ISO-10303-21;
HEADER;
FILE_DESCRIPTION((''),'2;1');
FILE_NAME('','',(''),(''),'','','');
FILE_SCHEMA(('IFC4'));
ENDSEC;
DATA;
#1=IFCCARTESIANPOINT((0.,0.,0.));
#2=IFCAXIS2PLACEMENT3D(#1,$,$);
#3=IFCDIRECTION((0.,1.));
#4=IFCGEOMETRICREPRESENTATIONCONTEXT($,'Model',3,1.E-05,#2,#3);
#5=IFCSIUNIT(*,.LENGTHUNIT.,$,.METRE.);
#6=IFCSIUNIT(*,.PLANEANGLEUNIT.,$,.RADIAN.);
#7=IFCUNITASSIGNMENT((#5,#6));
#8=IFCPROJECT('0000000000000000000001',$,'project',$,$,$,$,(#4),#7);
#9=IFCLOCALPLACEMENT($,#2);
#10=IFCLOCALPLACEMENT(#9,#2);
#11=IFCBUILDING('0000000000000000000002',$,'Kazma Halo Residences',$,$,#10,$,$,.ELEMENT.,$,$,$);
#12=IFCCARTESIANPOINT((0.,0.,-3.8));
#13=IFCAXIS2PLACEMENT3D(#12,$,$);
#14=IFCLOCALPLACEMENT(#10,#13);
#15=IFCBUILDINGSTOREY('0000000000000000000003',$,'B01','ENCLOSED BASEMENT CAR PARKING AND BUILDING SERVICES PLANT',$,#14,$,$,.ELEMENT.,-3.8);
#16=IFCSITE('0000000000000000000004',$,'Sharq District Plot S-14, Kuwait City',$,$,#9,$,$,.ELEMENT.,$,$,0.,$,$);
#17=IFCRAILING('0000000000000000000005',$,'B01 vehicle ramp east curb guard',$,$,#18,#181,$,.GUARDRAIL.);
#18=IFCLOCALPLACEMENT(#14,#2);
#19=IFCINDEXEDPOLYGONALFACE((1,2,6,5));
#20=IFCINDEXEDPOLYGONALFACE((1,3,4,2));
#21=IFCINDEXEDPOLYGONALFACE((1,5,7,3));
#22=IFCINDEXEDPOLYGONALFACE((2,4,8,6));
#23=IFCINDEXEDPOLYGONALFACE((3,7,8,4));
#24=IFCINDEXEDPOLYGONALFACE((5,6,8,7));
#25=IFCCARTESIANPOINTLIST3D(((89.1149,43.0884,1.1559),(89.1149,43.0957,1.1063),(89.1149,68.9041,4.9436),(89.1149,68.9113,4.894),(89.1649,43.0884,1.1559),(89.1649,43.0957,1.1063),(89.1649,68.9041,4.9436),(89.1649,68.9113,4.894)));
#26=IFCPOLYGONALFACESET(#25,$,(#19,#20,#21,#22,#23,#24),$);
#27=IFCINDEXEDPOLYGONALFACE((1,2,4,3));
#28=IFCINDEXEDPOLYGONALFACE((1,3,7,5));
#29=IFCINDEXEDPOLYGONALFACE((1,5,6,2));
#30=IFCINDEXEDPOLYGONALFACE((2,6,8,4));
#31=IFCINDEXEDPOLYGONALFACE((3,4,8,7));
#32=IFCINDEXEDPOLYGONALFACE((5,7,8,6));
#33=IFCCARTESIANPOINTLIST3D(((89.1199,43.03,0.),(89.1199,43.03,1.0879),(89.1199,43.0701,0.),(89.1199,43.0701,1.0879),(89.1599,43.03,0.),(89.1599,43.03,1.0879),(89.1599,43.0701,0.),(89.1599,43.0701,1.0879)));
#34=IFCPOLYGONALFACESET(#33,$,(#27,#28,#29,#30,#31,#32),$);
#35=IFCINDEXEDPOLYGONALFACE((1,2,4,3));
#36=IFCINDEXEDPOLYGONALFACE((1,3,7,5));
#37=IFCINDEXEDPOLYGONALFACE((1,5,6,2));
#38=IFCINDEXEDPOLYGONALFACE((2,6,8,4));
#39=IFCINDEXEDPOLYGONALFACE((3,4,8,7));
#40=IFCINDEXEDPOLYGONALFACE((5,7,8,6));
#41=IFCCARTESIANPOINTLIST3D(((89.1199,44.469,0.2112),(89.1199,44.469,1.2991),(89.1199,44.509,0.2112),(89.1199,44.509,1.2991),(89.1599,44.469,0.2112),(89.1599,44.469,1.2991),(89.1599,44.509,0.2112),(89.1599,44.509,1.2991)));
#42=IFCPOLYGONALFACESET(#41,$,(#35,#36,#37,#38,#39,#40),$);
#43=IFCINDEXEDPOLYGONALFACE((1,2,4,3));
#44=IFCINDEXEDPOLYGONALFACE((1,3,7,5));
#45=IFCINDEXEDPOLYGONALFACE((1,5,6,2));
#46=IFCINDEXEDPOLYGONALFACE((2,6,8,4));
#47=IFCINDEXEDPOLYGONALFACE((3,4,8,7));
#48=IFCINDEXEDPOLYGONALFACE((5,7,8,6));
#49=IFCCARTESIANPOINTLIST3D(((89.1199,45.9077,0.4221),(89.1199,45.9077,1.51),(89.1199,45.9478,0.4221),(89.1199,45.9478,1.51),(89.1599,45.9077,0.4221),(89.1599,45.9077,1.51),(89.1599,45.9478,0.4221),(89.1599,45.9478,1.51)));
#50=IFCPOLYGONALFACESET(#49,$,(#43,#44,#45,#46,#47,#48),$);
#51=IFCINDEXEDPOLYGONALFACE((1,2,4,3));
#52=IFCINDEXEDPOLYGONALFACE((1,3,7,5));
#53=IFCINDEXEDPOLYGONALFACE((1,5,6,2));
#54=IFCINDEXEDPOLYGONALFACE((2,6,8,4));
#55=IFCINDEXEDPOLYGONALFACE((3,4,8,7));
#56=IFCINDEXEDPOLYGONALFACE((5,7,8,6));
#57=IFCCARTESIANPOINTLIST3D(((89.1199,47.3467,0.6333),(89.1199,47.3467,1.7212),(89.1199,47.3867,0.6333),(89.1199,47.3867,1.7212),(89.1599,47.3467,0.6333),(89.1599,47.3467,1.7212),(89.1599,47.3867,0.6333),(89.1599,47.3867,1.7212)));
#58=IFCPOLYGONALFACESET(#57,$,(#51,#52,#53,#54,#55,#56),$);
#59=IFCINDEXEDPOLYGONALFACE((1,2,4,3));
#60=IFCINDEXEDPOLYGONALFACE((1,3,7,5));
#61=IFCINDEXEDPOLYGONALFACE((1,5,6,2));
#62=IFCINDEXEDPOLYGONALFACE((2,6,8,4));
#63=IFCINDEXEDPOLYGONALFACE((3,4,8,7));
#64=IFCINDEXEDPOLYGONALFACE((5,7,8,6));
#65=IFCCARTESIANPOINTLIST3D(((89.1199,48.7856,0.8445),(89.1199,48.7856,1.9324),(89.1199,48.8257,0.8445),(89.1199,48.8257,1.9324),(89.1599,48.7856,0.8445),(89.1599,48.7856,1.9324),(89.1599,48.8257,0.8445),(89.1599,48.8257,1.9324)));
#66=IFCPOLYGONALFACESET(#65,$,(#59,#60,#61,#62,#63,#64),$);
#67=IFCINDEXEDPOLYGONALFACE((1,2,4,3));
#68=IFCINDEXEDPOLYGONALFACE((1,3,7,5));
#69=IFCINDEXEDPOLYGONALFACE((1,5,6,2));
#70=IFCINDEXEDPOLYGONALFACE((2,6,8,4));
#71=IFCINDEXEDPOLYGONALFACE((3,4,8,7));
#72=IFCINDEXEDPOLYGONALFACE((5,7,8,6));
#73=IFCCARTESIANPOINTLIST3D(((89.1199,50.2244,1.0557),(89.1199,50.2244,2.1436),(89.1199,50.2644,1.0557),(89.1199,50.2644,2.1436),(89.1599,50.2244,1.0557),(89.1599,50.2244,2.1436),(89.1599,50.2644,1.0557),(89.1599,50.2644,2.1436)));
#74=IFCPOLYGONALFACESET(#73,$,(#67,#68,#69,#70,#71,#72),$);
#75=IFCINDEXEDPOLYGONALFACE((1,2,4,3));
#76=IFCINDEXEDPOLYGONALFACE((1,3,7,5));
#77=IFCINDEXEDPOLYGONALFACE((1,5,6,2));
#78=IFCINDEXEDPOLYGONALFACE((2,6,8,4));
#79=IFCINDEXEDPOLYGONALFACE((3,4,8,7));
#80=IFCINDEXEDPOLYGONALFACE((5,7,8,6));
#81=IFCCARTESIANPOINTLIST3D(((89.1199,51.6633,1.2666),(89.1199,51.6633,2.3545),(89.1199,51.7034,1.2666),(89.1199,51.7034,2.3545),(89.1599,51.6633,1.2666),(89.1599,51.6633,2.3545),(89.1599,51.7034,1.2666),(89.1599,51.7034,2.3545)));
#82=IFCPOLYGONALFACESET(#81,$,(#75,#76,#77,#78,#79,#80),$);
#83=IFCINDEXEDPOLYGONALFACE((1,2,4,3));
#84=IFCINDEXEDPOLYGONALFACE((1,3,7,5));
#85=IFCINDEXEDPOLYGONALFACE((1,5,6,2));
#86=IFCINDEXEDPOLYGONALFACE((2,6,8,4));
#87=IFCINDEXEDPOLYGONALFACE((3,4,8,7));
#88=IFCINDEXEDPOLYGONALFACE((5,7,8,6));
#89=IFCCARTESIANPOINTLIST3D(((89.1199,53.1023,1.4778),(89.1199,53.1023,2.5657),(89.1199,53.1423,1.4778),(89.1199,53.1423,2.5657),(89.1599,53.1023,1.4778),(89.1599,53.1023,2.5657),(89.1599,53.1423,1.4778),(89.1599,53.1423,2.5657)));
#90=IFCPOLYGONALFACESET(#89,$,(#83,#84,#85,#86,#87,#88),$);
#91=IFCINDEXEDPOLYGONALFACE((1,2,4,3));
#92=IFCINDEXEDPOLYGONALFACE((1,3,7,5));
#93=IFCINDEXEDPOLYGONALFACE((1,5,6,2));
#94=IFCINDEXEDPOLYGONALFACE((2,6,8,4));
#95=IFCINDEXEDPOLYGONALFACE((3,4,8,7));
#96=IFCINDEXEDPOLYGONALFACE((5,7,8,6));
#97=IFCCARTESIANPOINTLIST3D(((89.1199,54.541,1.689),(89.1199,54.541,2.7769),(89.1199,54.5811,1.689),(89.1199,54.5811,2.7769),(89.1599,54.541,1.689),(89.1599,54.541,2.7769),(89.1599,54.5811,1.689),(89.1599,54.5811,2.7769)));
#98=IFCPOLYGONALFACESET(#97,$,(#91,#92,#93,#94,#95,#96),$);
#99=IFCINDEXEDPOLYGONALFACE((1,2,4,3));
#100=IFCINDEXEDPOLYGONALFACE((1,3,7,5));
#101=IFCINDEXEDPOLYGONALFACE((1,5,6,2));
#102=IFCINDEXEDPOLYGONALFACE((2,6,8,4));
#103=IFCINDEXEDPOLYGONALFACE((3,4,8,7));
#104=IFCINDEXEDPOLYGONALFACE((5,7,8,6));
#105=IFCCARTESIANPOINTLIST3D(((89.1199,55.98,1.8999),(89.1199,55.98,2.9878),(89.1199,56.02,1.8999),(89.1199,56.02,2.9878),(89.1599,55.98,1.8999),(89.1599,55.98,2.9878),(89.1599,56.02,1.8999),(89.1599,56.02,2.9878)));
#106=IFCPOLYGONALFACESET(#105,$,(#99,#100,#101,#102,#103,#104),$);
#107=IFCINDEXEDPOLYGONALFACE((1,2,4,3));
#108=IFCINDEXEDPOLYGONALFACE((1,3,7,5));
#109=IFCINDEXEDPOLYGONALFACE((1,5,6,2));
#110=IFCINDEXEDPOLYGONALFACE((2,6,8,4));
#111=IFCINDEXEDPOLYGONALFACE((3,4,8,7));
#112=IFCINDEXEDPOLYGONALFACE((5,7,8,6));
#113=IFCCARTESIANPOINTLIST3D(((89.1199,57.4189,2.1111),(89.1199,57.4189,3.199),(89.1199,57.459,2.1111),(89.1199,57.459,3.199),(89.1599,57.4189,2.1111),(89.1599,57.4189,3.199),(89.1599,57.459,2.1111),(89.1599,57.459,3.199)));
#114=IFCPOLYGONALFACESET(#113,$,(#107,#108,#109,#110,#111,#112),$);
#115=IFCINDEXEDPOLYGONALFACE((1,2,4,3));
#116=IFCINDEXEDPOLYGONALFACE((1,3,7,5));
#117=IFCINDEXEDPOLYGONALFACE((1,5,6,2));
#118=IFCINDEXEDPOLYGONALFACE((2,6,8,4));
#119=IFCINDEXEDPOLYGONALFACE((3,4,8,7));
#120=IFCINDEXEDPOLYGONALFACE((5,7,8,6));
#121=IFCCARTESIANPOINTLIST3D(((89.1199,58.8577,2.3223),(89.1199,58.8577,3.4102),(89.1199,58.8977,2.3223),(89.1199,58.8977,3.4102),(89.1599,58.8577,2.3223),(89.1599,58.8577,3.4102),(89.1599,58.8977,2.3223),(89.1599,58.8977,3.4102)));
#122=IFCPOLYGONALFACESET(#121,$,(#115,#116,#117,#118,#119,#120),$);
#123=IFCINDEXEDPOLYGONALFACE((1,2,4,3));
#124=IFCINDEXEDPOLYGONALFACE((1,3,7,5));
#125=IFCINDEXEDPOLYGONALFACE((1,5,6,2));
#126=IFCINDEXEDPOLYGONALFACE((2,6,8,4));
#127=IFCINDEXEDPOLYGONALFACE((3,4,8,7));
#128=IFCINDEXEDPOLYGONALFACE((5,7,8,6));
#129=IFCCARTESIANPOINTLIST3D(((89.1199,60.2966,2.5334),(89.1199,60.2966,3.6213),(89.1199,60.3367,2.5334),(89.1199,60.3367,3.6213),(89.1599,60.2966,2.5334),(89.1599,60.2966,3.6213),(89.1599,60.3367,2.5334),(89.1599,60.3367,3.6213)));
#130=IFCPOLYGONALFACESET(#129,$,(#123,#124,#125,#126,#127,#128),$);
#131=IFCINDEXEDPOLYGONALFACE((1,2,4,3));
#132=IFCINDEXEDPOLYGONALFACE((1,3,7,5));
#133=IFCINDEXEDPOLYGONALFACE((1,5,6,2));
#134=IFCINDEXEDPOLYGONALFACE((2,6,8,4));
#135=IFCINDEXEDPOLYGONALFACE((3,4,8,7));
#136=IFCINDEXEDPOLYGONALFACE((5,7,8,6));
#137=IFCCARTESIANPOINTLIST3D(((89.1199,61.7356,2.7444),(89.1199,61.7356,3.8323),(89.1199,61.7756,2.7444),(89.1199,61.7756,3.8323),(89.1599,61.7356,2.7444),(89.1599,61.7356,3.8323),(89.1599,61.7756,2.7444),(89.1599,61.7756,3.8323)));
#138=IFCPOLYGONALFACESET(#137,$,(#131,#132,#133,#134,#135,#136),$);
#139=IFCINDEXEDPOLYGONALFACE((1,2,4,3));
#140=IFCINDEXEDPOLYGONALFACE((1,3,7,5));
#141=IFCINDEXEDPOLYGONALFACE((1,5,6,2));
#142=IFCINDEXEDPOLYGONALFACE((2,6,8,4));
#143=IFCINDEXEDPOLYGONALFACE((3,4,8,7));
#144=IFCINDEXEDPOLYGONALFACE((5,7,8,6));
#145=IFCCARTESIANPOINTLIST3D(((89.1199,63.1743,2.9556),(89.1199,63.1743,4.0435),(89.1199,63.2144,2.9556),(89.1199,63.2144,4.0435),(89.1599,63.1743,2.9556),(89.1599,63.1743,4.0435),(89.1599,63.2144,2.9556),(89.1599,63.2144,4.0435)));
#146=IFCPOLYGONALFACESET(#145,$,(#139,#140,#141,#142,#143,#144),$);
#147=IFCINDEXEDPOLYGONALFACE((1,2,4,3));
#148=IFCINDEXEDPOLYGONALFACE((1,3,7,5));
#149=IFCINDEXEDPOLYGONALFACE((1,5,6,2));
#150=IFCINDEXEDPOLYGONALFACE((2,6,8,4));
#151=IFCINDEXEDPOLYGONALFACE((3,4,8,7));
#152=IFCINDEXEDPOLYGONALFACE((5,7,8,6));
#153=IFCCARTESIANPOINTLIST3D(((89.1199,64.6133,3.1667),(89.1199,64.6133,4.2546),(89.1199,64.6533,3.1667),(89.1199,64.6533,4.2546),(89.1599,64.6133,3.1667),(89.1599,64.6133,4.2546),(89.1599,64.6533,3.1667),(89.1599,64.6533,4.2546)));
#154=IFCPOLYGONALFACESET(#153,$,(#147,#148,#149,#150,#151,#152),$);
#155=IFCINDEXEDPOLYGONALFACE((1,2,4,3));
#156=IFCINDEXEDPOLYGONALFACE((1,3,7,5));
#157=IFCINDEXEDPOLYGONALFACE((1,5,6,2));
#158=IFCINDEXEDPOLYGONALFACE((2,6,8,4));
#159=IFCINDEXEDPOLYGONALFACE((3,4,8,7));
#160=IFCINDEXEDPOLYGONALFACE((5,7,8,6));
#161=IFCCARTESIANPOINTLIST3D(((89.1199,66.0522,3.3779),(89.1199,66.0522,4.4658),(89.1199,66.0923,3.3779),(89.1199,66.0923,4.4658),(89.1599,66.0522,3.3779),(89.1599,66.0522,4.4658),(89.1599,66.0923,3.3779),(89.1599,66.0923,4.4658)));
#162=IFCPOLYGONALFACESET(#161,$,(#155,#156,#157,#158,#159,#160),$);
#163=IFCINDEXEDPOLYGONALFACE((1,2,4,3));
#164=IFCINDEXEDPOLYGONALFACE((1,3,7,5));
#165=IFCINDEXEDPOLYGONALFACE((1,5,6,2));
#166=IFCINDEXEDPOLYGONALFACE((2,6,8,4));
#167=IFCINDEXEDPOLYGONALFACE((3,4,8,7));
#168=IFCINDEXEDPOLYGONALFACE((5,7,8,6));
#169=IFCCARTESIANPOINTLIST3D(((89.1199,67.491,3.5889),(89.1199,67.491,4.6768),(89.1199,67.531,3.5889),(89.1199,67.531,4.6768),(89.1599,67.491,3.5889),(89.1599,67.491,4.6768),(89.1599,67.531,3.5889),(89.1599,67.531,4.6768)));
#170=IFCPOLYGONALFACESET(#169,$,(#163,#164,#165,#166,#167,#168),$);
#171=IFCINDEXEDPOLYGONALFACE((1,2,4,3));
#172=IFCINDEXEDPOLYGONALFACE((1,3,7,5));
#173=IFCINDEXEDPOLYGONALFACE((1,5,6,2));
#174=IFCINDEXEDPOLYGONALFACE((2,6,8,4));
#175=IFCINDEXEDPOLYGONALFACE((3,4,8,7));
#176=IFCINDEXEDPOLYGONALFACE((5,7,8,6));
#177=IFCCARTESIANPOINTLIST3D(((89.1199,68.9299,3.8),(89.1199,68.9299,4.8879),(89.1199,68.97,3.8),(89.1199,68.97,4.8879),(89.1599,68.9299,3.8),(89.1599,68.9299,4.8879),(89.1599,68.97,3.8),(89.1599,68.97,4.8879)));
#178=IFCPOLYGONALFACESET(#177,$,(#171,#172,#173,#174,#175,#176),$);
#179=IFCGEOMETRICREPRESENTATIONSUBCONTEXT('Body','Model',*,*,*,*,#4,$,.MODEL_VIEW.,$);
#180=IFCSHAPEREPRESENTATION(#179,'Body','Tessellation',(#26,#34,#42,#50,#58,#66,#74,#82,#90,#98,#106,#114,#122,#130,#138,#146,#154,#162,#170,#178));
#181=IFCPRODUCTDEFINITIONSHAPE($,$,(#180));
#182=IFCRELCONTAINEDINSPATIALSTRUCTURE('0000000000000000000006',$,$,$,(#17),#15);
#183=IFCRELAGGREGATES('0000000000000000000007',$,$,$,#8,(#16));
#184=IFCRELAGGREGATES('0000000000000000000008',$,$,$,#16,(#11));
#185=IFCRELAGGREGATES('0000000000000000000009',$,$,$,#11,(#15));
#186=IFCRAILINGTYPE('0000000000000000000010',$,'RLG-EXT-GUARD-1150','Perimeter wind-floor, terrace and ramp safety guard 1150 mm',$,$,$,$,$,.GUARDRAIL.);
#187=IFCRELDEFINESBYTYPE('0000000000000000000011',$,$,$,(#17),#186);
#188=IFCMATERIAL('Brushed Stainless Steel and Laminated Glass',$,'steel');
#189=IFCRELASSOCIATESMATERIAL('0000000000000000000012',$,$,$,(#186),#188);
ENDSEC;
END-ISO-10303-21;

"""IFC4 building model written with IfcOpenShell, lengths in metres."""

from ifc_helpers import new_model, si_unit, direction, frame, origin, origin_2d, place, context, subcontext, project, spatial, rectangle, extrude, material, type_object, element, save


model = new_model("IFC4")

# Units and contexts
model_context = context("Model", 3, precision=1e-05, world=origin(), true_north=direction((0.0, 1.0)))
body_context = subcontext(model_context, "Body", "Model", "MODEL_VIEW")
ifc_project = project(units=[si_unit("LENGTHUNIT", "METRE"), si_unit("PLANEANGLEUNIT", "RADIAN")], contexts=[model_context])

# Site, building, storey
site_placement = place(None, origin())
site = spatial("IfcSite", under=ifc_project, at=site_placement, Name="Sharq District Plot S-14, Kuwait City", CompositionType="ELEMENT", RefElevation=0.0)
building_placement = place(site_placement, origin())
building = spatial("IfcBuilding", under=site, at=building_placement, Name="Kazma Halo Residences", CompositionType="ELEMENT")
storey_placement = place(building_placement, frame((0.0, 0.0, -3.8)))
storey = spatial("IfcBuildingStorey", under=building, at=storey_placement, Name="B01", Description="ENCLOSED BASEMENT CAR PARKING AND BUILDING SERVICES PLANT", CompositionType="ELEMENT", Elevation=-3.8)

# Railing
ifc_material_1 = material(Name="Brushed Stainless Steel and Laminated Glass", Category="steel")
railing_type = type_object("IfcRailingType", Name="RLG-EXT-GUARD-1150", Description="Perimeter wind-floor, terrace and ramp safety guard 1150 mm", PredefinedType="GUARDRAIL", material=ifc_material_1)
railing_1_placement = place(storey_placement, frame((89.1399, 43.05, 0.0)))
element("IfcRailing", 1, at=railing_1_placement, inside=storey, type_object=railing_type, Name="B01 vehicle ramp east curb guard", PredefinedType="GUARDRAIL", context=body_context, shape_type="SweptSolid", body=[
    extrude(rectangle(XDim=0.05, YDim=0.05, at=origin_2d()), frame((0.0, 0.042, 1.1311), z_axis=(0.0, 0.989407, 0.145166), x_axis=(-1.0, 0.0, 0.0)), (0.0, 0.0, 1.0), 26.092),
    extrude(rectangle(XDim=0.04, YDim=0.04, at=origin_2d()), origin(), (0.0, 0.0, 1.0), 1.0879),
    extrude(rectangle(XDim=0.04, YDim=0.04, at=origin_2d()), frame((0.0, 1.439, 0.2112)), (0.0, 0.0, 1.0), 1.0879),
    extrude(rectangle(XDim=0.04, YDim=0.04, at=origin_2d()), frame((0.0, 2.8777, 0.4221)), (0.0, 0.0, 1.0), 1.0879),
    extrude(rectangle(XDim=0.04, YDim=0.04, at=origin_2d()), frame((0.0, 4.3167, 0.6333)), (0.0, 0.0, 1.0), 1.0879),
    extrude(rectangle(XDim=0.04, YDim=0.04, at=origin_2d()), frame((0.0, 5.7556, 0.8445)), (0.0, 0.0, 1.0), 1.0879),
    extrude(rectangle(XDim=0.04, YDim=0.04, at=origin_2d()), frame((0.0, 7.1943, 1.0557)), (0.0, 0.0, 1.0), 1.0879),
    extrude(rectangle(XDim=0.04, YDim=0.04, at=origin_2d()), frame((0.0, 8.6333, 1.2666)), (0.0, 0.0, 1.0), 1.0879),
    extrude(rectangle(XDim=0.04, YDim=0.04, at=origin_2d()), frame((0.0, 10.0723, 1.4778)), (0.0, 0.0, 1.0), 1.0879),
    extrude(rectangle(XDim=0.04, YDim=0.04, at=origin_2d()), frame((0.0, 11.511, 1.689)), (0.0, 0.0, 1.0), 1.0879),
    extrude(rectangle(XDim=0.04, YDim=0.04, at=origin_2d()), frame((0.0, 12.95, 1.8999)), (0.0, 0.0, 1.0), 1.0879),
    extrude(rectangle(XDim=0.04, YDim=0.04, at=origin_2d()), frame((0.0, 14.3889, 2.1111)), (0.0, 0.0, 1.0), 1.0879),
    extrude(rectangle(XDim=0.04, YDim=0.04, at=origin_2d()), frame((0.0, 15.8276, 2.3223)), (0.0, 0.0, 1.0), 1.0879),
    extrude(rectangle(XDim=0.04, YDim=0.04, at=origin_2d()), frame((0.0, 17.2666, 2.5334)), (0.0, 0.0, 1.0), 1.0879),
    extrude(rectangle(XDim=0.04, YDim=0.04, at=origin_2d()), frame((0.0, 18.7056, 2.7444)), (0.0, 0.0, 1.0), 1.0879),
    extrude(rectangle(XDim=0.04, YDim=0.04, at=origin_2d()), frame((0.0, 20.1443, 2.9556)), (0.0, 0.0, 1.0), 1.0879),
    extrude(rectangle(XDim=0.04, YDim=0.04, at=origin_2d()), frame((0.0, 21.5833, 3.1667)), (0.0, 0.0, 1.0), 1.0879),
    extrude(rectangle(XDim=0.04, YDim=0.04, at=origin_2d()), frame((0.0, 23.0222, 3.3779)), (0.0, 0.0, 1.0), 1.0879),
    extrude(rectangle(XDim=0.04, YDim=0.04, at=origin_2d()), frame((0.0, 24.4609, 3.5889)), (0.0, 0.0, 1.0), 1.0879),
    extrude(rectangle(XDim=0.04, YDim=0.04, at=origin_2d()), frame((0.0, 25.8999, 3.8)), (0.0, 0.0, 1.0), 1.0879),
])

save(model, "model.ifc")
